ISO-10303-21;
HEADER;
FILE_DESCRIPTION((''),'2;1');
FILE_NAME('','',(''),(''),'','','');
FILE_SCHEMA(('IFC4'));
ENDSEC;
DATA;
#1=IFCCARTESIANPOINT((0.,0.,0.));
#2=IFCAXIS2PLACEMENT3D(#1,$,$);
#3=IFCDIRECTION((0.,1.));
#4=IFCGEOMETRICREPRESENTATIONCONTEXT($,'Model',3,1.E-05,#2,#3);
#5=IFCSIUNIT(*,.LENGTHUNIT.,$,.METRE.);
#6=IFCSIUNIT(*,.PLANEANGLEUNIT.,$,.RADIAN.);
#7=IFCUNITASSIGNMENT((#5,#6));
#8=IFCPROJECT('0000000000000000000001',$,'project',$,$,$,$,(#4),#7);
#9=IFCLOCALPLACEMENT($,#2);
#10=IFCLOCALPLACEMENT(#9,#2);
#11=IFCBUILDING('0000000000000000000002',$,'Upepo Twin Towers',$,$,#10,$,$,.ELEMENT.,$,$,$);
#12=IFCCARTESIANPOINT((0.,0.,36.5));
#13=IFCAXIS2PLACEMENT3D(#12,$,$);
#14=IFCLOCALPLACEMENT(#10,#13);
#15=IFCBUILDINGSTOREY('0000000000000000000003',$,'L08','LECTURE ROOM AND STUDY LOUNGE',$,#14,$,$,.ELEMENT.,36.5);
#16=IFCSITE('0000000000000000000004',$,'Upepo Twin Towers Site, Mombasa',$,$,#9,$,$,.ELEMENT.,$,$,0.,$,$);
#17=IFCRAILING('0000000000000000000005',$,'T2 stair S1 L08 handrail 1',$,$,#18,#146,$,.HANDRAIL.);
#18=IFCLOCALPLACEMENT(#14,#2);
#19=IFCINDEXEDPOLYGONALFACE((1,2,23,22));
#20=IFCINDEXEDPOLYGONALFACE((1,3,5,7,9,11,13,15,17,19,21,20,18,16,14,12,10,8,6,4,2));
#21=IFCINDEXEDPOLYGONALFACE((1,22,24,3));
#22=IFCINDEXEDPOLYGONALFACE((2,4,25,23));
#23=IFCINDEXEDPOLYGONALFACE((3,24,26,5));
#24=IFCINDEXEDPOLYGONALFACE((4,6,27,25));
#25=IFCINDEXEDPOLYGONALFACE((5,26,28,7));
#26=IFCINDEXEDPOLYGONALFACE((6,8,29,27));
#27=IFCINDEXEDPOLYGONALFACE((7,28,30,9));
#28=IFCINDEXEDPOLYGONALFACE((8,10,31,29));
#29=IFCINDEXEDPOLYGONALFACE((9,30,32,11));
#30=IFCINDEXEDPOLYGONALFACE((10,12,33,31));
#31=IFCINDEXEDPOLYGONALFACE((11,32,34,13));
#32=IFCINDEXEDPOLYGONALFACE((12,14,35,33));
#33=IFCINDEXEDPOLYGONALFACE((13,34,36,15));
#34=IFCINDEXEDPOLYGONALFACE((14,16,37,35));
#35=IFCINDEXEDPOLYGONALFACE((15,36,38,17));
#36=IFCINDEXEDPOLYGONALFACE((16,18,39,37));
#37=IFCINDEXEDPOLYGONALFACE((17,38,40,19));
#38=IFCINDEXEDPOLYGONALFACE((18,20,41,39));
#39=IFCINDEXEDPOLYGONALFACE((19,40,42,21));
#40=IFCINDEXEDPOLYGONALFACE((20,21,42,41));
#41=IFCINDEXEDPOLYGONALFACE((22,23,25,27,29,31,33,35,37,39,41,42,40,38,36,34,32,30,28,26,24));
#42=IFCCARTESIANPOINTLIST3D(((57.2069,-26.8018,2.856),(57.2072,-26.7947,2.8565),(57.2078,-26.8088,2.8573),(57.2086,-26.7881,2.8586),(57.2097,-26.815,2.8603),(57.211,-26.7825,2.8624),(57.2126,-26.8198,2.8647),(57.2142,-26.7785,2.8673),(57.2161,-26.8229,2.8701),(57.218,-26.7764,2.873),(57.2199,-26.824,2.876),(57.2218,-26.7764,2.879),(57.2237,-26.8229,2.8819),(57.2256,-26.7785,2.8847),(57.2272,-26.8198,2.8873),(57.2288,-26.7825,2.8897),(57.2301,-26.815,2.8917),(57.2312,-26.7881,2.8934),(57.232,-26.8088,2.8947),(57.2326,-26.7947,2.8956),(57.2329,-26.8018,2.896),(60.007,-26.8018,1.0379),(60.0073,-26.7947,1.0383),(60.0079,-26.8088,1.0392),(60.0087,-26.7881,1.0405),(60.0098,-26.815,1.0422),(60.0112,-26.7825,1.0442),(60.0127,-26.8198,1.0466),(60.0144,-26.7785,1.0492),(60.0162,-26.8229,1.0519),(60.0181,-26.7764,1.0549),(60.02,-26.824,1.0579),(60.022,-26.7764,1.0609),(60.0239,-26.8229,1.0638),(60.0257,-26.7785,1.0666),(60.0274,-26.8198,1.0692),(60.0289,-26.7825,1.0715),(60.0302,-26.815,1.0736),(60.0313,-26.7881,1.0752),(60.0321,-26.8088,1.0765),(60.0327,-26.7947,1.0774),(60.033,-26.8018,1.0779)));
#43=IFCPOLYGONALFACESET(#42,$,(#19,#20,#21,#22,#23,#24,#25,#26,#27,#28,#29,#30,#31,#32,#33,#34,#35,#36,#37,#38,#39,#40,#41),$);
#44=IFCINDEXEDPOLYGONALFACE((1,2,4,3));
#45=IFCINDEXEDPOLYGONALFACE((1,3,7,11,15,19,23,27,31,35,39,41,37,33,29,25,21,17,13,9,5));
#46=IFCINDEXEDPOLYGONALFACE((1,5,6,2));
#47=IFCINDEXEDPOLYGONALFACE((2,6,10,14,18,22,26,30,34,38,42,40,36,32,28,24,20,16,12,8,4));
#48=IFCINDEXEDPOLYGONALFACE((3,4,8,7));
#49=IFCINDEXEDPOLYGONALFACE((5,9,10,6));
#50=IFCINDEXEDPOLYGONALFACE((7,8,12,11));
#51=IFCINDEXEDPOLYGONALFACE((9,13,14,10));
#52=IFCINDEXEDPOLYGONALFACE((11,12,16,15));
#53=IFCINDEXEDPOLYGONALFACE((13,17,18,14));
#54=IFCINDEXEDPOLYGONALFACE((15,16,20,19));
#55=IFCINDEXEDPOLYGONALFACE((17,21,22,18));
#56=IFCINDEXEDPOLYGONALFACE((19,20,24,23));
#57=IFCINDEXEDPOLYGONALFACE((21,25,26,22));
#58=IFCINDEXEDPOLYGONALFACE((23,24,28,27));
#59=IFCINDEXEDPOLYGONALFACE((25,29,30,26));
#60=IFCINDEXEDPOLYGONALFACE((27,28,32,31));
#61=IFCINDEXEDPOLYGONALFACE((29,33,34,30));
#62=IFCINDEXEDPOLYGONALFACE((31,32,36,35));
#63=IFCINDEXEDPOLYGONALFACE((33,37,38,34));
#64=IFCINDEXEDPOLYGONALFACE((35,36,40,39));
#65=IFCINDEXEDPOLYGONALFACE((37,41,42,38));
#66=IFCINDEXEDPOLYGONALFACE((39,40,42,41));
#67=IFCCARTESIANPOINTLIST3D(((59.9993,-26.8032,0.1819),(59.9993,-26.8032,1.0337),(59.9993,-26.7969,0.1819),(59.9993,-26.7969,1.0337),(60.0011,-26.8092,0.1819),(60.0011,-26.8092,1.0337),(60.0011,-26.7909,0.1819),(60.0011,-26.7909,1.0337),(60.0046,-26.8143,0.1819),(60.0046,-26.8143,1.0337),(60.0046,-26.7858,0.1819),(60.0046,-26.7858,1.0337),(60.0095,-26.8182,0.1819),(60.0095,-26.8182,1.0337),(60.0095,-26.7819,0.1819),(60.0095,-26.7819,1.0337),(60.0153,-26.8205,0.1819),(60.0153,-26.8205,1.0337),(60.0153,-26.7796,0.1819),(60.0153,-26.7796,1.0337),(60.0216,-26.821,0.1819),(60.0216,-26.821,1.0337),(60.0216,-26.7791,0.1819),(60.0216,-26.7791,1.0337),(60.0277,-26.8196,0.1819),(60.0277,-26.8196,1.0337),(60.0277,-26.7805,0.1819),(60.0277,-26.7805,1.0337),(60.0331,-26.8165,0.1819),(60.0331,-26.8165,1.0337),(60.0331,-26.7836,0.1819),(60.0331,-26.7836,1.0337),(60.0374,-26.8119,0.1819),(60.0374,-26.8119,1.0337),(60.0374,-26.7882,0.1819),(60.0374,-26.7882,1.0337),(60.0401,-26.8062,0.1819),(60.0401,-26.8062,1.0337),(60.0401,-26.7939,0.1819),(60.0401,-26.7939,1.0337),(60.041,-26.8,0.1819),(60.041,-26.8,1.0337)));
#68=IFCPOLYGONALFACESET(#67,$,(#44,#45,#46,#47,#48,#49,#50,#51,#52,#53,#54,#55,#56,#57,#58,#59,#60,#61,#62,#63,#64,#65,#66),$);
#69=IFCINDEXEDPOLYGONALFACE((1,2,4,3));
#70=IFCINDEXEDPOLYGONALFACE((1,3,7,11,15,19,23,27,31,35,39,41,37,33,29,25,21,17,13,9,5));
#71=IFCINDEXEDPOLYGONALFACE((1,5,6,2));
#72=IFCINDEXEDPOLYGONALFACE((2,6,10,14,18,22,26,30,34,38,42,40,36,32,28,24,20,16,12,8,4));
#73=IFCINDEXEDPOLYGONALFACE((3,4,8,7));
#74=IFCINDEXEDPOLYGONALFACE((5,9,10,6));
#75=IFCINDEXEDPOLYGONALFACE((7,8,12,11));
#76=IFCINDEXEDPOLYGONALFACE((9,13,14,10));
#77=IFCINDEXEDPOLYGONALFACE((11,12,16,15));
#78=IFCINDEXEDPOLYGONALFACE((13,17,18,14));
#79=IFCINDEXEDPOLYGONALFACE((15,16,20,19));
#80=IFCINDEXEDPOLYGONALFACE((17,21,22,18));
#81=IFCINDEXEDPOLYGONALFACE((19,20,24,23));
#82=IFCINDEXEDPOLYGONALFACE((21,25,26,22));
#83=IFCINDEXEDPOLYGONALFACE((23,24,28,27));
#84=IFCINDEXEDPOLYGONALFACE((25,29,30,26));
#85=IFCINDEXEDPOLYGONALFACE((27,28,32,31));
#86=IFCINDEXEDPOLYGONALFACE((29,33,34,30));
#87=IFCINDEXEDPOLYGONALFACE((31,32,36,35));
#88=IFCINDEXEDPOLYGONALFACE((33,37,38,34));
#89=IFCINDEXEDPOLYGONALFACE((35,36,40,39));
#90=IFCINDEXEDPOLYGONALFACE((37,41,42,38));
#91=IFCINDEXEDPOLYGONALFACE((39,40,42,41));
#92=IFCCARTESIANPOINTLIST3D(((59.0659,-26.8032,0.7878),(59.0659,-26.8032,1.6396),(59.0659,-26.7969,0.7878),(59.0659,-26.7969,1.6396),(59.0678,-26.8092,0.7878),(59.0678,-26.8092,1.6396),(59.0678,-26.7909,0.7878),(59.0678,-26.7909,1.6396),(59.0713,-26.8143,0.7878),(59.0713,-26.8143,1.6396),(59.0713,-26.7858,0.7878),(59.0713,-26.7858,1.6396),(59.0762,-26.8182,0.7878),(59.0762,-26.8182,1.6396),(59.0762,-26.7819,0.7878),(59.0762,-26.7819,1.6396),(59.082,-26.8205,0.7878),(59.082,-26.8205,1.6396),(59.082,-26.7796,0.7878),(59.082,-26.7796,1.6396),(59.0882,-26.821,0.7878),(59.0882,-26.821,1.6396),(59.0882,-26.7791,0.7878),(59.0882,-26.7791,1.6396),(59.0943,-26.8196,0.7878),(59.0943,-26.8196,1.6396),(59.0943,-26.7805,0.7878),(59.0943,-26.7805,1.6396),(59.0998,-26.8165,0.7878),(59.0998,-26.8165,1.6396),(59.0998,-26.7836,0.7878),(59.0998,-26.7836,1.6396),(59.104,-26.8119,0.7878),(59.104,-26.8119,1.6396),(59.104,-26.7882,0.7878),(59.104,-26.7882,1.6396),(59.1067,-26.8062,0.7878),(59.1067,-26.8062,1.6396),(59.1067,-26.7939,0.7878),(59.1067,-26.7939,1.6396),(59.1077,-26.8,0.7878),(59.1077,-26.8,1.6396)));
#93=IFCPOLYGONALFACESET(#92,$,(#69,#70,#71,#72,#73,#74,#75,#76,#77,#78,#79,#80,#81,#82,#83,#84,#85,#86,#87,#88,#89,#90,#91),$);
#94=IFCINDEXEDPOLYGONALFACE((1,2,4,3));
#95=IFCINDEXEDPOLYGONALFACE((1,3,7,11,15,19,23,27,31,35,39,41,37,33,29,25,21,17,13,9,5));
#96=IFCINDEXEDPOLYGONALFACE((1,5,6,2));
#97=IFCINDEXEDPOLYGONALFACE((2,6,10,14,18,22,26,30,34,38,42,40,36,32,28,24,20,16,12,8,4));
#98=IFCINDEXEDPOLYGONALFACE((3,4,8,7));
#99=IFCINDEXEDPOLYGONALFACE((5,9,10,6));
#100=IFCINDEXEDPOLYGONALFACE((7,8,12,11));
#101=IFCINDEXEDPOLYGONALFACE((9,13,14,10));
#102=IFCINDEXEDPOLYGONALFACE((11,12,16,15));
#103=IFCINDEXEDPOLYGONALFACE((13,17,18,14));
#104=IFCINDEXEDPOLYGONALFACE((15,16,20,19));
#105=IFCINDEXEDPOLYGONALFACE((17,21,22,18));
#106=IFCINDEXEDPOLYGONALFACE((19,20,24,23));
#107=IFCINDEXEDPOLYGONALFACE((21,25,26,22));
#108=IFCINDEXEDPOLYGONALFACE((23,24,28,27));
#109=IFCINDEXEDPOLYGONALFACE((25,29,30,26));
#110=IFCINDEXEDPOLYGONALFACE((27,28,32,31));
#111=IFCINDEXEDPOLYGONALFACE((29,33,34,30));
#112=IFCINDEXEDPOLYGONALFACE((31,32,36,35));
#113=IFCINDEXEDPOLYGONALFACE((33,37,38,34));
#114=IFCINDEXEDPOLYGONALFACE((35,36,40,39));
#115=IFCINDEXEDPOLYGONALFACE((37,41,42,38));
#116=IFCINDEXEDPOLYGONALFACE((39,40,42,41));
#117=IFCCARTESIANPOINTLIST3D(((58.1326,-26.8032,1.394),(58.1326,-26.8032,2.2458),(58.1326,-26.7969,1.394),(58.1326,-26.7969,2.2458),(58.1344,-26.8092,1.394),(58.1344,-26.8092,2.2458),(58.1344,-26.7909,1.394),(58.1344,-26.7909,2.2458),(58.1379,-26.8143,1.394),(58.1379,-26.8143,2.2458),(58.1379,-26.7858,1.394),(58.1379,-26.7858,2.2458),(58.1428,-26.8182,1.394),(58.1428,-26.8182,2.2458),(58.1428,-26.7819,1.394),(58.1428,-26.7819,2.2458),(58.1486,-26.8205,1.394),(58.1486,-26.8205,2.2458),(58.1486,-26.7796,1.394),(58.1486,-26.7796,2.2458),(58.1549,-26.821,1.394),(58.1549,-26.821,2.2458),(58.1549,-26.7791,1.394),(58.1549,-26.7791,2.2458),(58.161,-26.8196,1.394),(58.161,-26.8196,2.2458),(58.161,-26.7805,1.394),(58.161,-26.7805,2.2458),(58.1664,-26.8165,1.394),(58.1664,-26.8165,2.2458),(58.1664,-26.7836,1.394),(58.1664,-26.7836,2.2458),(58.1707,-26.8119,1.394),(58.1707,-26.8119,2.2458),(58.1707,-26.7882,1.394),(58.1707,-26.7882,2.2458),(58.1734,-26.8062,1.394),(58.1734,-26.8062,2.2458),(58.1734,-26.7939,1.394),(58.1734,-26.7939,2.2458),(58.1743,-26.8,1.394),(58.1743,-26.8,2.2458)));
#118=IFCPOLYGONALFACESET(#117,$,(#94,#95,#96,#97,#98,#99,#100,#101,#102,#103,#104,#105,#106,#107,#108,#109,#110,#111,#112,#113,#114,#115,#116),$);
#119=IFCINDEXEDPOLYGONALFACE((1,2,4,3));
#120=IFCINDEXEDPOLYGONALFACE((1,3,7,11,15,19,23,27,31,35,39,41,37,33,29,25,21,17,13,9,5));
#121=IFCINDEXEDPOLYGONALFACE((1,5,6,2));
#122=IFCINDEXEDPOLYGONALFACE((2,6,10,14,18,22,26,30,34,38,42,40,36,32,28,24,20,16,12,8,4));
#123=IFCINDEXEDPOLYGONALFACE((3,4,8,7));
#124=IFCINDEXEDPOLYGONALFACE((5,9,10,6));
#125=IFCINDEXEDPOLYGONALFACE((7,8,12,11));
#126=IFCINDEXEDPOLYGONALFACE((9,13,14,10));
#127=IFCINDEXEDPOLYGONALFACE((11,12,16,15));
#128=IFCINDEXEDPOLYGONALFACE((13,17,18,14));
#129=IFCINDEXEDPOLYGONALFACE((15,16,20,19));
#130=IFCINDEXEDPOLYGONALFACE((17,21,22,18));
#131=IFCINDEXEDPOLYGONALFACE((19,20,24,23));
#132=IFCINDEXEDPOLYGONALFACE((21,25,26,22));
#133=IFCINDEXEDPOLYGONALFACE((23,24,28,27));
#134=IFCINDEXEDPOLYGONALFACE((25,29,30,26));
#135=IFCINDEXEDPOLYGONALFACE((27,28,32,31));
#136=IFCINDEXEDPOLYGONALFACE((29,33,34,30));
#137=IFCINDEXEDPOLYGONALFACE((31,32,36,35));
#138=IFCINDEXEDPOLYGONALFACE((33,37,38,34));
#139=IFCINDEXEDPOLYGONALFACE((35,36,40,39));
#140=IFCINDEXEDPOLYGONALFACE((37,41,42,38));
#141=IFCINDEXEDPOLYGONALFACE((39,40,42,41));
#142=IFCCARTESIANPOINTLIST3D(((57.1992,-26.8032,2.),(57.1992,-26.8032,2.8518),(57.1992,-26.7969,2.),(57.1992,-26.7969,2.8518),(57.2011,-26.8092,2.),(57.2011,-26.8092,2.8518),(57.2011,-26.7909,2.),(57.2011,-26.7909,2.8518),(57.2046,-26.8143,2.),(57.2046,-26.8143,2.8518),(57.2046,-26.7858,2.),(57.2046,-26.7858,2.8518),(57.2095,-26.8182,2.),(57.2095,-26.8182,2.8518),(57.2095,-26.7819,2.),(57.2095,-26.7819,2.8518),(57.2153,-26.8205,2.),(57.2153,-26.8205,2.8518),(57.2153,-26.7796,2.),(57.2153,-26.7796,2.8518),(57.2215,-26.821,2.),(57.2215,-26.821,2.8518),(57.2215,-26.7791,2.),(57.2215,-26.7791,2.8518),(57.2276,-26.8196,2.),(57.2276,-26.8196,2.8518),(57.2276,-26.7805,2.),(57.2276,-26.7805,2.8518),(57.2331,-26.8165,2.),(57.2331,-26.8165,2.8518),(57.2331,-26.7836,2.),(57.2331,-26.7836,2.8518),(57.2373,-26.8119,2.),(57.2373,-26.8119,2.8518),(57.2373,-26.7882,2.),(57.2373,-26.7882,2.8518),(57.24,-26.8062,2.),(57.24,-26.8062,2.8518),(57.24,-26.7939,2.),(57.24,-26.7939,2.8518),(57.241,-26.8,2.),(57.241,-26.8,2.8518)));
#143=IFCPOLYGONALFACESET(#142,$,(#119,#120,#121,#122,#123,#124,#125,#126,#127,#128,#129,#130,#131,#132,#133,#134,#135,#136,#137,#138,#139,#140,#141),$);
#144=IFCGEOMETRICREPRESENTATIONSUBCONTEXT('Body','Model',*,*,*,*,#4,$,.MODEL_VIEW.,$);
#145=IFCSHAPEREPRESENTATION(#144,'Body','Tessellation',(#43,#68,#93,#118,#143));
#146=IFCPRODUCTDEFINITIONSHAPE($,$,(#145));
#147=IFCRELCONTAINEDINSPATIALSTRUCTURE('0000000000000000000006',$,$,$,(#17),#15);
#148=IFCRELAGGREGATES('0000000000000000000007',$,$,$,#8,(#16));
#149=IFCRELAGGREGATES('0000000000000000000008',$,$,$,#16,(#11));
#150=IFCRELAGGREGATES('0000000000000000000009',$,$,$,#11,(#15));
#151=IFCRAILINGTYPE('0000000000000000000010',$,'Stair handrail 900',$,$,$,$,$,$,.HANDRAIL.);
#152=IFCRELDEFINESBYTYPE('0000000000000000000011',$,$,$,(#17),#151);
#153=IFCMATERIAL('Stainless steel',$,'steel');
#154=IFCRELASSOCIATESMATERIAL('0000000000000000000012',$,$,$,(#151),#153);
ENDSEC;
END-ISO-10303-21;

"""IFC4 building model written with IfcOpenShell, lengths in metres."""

from ifc_helpers import new_model, si_unit, direction, frame, origin, origin_2d, place, context, subcontext, project, spatial, circle, extrude, material, type_object, element, save


model = new_model("IFC4")

# Units and contexts
model_context = context("Model", 3, precision=1e-05, world=origin(), true_north=direction((0.0, 1.0)))
body_context = subcontext(model_context, "Body", "Model", "MODEL_VIEW")
ifc_project = project(units=[si_unit("LENGTHUNIT", "METRE"), si_unit("PLANEANGLEUNIT", "RADIAN")], contexts=[model_context])

# Site, building, storey
site_placement = place(None, origin())
site = spatial("IfcSite", under=ifc_project, at=site_placement, Name="Upepo Twin Towers Site, Mombasa", CompositionType="ELEMENT", RefElevation=0.0)
building_placement = place(site_placement, origin())
building = spatial("IfcBuilding", under=site, at=building_placement, Name="Upepo Twin Towers", CompositionType="ELEMENT")
storey_placement = place(building_placement, frame((0.0, 0.0, 36.5)))
storey = spatial("IfcBuildingStorey", under=building, at=storey_placement, Name="L08", Description="LECTURE ROOM AND STUDY LOUNGE", CompositionType="ELEMENT", Elevation=36.5)

# Railing
ifc_material_1 = material(Name="Stainless steel", Category="steel")
railing_type = type_object("IfcRailingType", Name="Stair handrail 900", PredefinedType="HANDRAIL", material=ifc_material_1)
railing_placement = place(storey_placement, frame((60.02, -26.8, 0.1819)))
element("IfcRailing", 1, at=railing_placement, inside=storey, type_object=railing_type, Name="T2 stair S1 L08 handrail 1", PredefinedType="HANDRAIL", context=body_context, shape_type="SweptSolid", body=[
    extrude(circle(Radius=0.0239, at=origin_2d()), frame((0.0, 0.0, 0.876), z_axis=(-0.838706, 0.0, 0.544585), x_axis=(0.0, -1.0, 0.0)), (0.0, 0.0, 1.0), 3.3386),
    extrude(circle(Radius=0.021, at=origin_2d()), origin(), (0.0, 0.0, 1.0), 0.8518),
    extrude(circle(Radius=0.021, at=origin_2d()), frame((-0.9333, 0.0, 0.606)), (0.0, 0.0, 1.0), 0.8518),
    extrude(circle(Radius=0.021, at=origin_2d()), frame((-1.8667, 0.0, 1.2122)), (0.0, 0.0, 1.0), 0.8518),
    extrude(circle(Radius=0.021, at=origin_2d()), frame((-2.8, 0.0, 1.8181)), (0.0, 0.0, 1.0), 0.8518),
])

save(model, "model.ifc")
